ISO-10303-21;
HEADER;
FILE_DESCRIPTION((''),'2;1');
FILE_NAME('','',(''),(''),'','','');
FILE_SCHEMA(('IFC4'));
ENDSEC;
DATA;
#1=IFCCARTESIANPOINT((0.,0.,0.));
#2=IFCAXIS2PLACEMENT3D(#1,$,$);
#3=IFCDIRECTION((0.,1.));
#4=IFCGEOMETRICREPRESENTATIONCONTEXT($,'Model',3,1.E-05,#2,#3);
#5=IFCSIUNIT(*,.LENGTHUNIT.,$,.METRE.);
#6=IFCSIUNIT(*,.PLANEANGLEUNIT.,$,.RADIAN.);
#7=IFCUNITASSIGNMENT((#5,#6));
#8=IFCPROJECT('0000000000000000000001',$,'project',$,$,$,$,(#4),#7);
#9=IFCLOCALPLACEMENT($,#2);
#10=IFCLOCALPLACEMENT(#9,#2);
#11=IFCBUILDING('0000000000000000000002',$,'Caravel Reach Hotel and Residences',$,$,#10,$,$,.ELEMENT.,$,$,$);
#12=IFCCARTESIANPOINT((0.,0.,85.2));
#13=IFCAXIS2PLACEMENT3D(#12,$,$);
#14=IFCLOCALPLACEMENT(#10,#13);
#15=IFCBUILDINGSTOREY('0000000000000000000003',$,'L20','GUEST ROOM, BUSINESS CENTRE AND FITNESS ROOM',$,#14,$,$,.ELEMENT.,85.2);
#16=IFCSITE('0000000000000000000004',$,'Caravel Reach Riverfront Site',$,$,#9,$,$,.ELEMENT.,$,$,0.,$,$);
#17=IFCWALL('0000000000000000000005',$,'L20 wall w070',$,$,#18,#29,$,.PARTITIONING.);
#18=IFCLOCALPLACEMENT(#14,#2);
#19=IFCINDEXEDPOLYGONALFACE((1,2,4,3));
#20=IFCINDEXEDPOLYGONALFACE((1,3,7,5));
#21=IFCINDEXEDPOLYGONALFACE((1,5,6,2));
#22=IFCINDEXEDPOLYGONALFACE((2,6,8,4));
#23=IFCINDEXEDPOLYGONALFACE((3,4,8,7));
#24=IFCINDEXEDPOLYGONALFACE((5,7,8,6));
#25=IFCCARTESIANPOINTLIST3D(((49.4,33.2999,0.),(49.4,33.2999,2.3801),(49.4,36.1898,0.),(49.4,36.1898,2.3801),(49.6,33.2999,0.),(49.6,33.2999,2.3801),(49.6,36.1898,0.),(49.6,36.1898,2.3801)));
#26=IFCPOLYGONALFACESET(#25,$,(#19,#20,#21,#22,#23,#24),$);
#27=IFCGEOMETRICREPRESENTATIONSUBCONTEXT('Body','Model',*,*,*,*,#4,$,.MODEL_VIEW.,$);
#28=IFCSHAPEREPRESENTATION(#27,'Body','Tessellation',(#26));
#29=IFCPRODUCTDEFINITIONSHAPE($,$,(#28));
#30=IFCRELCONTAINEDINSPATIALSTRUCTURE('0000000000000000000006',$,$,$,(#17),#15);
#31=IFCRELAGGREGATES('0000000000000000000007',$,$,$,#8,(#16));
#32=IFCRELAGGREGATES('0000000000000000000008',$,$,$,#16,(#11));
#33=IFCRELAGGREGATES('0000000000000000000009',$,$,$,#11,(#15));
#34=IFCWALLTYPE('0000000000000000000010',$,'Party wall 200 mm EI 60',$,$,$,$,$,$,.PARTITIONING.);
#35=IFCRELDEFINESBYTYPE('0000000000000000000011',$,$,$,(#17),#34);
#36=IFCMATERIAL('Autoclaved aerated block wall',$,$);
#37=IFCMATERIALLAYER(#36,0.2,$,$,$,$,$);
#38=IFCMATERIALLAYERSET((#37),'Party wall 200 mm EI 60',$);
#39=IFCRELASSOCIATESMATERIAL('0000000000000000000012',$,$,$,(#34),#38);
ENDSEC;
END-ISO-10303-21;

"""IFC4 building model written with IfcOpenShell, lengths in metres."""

from ifc_helpers import new_model, si_unit, direction, frame, frame_2d, origin, place, context, subcontext, project, spatial, rectangle, extrude, material, layer, layer_set, type_object, element, save


model = new_model("IFC4")

# Units and contexts
model_context = context("Model", 3, precision=1e-05, world=origin(), true_north=direction((0.0, 1.0)))
body_context = subcontext(model_context, "Body", "Model", "MODEL_VIEW")
ifc_project = project(units=[si_unit("LENGTHUNIT", "METRE"), si_unit("PLANEANGLEUNIT", "RADIAN")], contexts=[model_context])

# Site, building, storey
site_placement = place(None, origin())
site = spatial("IfcSite", under=ifc_project, at=site_placement, Name="Caravel Reach Riverfront Site", CompositionType="ELEMENT", RefElevation=0.0)
building_placement = place(site_placement, origin())
building = spatial("IfcBuilding", under=site, at=building_placement, Name="Caravel Reach Hotel and Residences", CompositionType="ELEMENT")
storey_placement = place(building_placement, frame((0.0, 0.0, 85.2)))
storey = spatial("IfcBuildingStorey", under=building, at=storey_placement, Name="L20", Description="GUEST ROOM, BUSINESS CENTRE AND FITNESS ROOM", CompositionType="ELEMENT", Elevation=85.2)

# Wall
ifc_material_1 = material(Name="Autoclaved aerated block wall")
ifc_layer_1 = layer(ifc_material_1, 0.2)
ifc_layer_set_1 = layer_set([ifc_layer_1], Name="Party wall 200 mm EI 60")
wall_type_1 = type_object("IfcWallType", Name="Party wall 200 mm EI 60", PredefinedType="PARTITIONING", material=ifc_layer_set_1)
wall_1_placement = place(storey_placement, frame((49.5, 33.3, 0.0), z_axis=(0.0, 0.0, 1.0), x_axis=(0.0, 1.0, 0.0)))
element("IfcWall", 1, at=wall_1_placement, inside=storey, type_object=wall_type_1, Name="L20 wall w070", PredefinedType="PARTITIONING", context=body_context, shape_type="SweptSolid", body=[
    extrude(rectangle(XDim=2.8899, YDim=0.2, at=frame_2d((1.4448, 0.0))), origin(), (0.0, 0.0, 1.0), 2.3801),
])

save(model, "model.ifc")
